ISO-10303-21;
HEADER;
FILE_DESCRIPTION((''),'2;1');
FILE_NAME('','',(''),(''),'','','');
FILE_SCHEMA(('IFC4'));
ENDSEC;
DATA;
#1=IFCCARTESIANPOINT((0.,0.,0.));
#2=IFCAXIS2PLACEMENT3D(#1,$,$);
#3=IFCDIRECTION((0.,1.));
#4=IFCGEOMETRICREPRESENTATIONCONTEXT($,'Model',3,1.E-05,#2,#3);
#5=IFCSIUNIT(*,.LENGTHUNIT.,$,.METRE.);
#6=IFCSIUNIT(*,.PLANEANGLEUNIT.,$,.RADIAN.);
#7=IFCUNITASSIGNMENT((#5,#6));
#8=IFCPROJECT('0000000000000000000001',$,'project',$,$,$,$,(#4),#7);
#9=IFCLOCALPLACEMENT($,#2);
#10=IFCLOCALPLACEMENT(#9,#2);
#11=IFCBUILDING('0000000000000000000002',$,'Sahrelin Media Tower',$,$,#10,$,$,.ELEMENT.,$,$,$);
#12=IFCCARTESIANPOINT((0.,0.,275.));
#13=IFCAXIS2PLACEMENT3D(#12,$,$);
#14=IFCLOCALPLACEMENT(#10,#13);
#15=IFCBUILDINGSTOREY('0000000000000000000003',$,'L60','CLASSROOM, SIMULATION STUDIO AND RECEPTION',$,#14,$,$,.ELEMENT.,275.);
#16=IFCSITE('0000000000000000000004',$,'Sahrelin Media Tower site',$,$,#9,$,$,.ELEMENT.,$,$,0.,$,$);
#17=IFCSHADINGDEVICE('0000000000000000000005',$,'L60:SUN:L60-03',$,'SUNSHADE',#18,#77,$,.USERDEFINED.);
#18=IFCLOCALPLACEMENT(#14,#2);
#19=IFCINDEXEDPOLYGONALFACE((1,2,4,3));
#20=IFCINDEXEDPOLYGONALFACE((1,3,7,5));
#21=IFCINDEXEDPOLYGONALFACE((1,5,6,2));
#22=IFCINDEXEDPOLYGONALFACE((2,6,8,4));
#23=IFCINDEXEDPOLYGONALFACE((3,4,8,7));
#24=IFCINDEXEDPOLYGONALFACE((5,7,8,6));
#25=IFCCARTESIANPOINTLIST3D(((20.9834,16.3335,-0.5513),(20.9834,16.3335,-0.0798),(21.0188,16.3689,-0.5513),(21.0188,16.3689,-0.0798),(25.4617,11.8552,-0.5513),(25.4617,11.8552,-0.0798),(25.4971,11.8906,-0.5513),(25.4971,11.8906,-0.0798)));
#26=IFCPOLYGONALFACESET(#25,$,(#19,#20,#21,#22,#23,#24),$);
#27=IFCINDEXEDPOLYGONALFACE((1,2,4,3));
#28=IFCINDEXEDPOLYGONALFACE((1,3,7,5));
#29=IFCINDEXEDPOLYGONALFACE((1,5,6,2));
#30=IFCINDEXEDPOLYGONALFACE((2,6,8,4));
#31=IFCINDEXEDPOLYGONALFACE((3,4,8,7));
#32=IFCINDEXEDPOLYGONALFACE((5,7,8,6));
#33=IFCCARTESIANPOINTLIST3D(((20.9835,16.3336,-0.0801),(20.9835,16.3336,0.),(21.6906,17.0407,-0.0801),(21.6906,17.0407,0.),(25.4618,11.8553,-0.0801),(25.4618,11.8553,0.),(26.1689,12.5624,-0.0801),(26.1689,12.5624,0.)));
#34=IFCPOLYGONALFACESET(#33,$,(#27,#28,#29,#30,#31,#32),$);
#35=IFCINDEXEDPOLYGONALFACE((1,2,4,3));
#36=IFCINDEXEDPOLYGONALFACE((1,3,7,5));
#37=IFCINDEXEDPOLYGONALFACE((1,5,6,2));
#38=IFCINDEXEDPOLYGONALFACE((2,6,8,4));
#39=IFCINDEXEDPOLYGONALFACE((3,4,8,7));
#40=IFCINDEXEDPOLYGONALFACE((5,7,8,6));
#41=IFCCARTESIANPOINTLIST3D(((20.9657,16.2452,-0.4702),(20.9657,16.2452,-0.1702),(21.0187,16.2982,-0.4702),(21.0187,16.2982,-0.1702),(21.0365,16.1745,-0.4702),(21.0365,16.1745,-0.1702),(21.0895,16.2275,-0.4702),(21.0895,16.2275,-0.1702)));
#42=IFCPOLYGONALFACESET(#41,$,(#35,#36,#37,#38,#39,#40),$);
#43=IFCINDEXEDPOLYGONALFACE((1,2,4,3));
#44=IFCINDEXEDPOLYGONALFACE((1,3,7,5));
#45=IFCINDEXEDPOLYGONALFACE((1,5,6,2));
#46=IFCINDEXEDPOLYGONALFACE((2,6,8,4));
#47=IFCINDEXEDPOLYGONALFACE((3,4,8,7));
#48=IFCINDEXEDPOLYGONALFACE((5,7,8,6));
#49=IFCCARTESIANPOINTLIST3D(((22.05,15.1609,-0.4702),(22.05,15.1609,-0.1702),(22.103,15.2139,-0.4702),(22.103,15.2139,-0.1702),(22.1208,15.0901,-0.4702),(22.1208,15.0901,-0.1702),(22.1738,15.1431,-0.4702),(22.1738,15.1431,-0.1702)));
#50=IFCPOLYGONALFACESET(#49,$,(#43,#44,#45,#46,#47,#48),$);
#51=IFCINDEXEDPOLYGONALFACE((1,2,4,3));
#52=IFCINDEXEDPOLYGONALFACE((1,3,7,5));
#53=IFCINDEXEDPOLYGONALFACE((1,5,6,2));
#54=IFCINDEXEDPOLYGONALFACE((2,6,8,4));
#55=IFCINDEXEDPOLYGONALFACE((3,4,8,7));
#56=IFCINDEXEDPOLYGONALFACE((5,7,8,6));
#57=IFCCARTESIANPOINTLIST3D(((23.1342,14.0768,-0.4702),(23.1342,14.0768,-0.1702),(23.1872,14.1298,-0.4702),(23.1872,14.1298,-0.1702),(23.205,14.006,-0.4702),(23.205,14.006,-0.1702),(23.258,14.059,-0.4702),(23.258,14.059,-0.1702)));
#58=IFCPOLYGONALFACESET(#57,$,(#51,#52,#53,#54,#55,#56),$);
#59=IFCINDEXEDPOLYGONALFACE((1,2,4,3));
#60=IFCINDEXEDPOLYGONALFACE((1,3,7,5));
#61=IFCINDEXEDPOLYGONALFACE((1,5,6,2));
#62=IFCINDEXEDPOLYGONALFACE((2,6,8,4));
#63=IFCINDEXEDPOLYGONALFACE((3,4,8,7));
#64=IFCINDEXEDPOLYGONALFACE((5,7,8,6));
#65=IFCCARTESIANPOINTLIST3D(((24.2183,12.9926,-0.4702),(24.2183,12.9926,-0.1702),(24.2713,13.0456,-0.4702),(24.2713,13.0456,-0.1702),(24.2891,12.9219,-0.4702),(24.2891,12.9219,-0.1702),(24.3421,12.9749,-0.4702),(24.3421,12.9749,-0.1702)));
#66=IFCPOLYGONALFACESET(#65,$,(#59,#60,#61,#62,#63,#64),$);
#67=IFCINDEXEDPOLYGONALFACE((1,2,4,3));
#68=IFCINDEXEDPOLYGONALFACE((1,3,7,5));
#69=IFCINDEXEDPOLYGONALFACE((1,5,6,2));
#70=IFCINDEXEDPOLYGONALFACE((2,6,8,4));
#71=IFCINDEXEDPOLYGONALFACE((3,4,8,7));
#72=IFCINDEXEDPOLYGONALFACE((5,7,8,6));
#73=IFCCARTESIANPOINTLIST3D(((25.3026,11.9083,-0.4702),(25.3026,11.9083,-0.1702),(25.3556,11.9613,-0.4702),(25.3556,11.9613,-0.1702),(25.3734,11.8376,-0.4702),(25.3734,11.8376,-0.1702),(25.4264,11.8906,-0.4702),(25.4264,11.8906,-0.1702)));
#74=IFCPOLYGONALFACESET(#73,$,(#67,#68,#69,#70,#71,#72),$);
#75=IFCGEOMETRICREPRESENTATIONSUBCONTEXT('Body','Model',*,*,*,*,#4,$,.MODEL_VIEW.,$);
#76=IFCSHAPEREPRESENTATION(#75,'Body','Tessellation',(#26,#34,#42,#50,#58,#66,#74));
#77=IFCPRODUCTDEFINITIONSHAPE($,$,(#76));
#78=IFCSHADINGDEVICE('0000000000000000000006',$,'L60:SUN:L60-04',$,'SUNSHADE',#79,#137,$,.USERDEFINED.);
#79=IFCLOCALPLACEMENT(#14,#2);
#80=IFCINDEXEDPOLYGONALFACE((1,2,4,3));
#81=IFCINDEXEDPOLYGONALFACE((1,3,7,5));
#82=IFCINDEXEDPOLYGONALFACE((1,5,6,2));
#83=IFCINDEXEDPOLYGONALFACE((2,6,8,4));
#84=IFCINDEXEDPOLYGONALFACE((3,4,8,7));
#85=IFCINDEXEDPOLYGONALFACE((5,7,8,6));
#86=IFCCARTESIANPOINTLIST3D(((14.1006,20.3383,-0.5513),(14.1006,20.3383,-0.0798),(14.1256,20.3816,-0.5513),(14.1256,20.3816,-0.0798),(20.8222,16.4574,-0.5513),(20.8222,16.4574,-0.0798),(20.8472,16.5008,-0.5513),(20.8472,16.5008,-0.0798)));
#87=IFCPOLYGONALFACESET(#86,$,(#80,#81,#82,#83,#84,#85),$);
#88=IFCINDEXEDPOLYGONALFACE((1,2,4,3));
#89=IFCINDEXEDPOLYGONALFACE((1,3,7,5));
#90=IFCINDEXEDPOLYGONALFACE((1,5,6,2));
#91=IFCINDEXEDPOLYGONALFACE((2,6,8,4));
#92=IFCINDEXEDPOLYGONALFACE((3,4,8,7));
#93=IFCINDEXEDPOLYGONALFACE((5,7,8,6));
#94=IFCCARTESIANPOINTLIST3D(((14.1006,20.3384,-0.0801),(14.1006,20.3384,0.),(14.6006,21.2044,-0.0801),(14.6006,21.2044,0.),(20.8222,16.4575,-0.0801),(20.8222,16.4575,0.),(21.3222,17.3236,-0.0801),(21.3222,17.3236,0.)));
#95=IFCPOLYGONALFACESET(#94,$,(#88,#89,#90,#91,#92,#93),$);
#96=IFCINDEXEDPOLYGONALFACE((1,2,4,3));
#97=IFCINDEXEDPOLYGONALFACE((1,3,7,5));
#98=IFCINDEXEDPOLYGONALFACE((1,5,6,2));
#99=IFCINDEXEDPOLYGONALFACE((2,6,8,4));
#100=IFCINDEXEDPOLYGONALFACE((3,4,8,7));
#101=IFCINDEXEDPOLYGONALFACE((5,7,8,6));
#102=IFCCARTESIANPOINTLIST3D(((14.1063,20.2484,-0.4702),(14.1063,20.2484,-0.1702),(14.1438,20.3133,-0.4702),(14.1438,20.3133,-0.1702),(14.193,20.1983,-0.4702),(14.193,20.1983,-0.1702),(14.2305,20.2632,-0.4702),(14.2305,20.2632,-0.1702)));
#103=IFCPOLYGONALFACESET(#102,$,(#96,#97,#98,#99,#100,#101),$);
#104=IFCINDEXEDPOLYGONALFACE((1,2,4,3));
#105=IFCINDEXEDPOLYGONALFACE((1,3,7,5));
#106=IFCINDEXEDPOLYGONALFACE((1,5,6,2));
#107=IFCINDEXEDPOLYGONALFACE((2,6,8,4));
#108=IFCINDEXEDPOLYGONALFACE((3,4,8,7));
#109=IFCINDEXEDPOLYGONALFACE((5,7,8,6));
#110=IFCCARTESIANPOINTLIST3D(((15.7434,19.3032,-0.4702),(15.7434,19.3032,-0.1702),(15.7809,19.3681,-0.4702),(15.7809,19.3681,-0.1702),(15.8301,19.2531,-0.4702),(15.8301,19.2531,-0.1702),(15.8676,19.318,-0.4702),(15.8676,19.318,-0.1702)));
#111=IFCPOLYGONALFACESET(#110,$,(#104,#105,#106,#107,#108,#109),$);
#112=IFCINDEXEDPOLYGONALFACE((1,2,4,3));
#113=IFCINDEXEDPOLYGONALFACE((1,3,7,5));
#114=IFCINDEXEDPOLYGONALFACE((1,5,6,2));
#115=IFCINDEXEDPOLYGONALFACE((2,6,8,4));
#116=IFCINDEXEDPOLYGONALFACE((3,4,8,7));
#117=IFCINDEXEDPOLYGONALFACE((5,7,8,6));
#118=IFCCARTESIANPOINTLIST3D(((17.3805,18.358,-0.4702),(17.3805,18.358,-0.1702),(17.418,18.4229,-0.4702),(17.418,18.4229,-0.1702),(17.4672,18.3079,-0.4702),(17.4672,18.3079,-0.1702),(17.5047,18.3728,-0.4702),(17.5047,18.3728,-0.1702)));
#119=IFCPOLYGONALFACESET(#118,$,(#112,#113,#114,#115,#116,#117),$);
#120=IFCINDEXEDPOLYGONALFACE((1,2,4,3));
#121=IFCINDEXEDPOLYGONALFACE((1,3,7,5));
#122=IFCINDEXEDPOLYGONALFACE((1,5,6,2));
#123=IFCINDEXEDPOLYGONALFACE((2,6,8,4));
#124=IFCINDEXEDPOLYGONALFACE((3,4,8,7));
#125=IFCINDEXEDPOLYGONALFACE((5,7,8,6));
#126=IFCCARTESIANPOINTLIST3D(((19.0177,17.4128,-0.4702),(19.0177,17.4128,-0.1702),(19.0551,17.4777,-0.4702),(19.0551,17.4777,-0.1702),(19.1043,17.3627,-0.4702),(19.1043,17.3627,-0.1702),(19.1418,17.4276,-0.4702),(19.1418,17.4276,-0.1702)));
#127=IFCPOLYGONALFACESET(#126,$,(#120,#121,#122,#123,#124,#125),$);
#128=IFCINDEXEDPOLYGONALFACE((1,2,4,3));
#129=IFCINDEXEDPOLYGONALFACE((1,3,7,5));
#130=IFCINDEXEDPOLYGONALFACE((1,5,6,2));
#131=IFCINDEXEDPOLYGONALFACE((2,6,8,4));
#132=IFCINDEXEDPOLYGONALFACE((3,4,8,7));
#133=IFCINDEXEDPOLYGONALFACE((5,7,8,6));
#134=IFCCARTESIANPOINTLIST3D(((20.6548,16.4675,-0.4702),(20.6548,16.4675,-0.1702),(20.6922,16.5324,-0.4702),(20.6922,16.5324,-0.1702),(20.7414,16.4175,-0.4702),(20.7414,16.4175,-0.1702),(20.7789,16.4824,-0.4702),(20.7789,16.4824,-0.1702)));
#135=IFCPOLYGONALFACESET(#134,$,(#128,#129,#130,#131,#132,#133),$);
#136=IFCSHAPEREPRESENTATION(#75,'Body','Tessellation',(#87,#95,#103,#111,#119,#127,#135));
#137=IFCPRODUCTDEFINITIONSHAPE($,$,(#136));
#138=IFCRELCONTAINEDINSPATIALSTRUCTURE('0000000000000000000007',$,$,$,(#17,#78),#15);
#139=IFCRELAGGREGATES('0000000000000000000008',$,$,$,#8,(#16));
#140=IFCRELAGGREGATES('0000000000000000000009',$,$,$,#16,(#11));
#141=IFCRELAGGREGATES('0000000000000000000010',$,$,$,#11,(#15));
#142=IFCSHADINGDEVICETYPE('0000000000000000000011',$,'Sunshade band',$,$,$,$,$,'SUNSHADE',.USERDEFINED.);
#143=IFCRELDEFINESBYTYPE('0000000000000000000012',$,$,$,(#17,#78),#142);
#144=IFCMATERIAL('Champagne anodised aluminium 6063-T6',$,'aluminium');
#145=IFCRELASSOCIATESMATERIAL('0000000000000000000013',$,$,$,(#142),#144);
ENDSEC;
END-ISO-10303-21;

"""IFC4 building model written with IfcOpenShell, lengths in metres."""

from ifc_helpers import new_model, si_unit, direction, frame, origin, origin_2d, place, context, subcontext, project, spatial, rectangle, extrude, material, type_object, element, save


model = new_model("IFC4")

# Units and contexts
model_context = context("Model", 3, precision=1e-05, world=origin(), true_north=direction((0.0, 1.0)))
body_context = subcontext(model_context, "Body", "Model", "MODEL_VIEW")
ifc_project = project(units=[si_unit("LENGTHUNIT", "METRE"), si_unit("PLANEANGLEUNIT", "RADIAN")], contexts=[model_context])

# Site, building, storey
site_placement = place(None, origin())
site = spatial("IfcSite", under=ifc_project, at=site_placement, Name="Sahrelin Media Tower site", CompositionType="ELEMENT", RefElevation=0.0)
building_placement = place(site_placement, origin())
building = spatial("IfcBuilding", under=site, at=building_placement, Name="Sahrelin Media Tower", CompositionType="ELEMENT")
storey_placement = place(building_placement, frame((0.0, 0.0, 275.0)))
storey = spatial("IfcBuildingStorey", under=building, at=storey_placement, Name="L60", Description="CLASSROOM, SIMULATION STUDIO AND RECEPTION", CompositionType="ELEMENT", Elevation=275.0)

# Shared definitions
ifc_material_1 = material(Name="Champagne anodised aluminium 6063-T6", Category="aluminium")

# Shading devices
placement_1 = place(storey_placement, frame((23.2085, 14.0803, 0.0), z_axis=(0.0, 0.0, 1.0), x_axis=(0.707107, -0.707107, 0.0)))
placement_2 = place(storey_placement, frame((17.4514, 18.3806, 0.0), z_axis=(0.0, 0.0, 1.0), x_axis=(0.866019, -0.500011, 0.0)))
shading_device_type_1 = type_object("IfcShadingDeviceType", Name="Sunshade band", ElementType="SUNSHADE", PredefinedType="USERDEFINED", material=ifc_material_1)
element("IfcShadingDevice", 1, at=placement_1, inside=storey, type_object=shading_device_type_1, Name="L60:SUN:L60-03", ObjectType="SUNSHADE", PredefinedType="USERDEFINED", context=body_context, shape_type="SweptSolid", body=[
    extrude(rectangle(XDim=6.3333, YDim=0.05, at=origin_2d()), frame((0.0, 0.0449, -0.5513)), (0.0, 0.0, 1.0), 0.4714),
    extrude(rectangle(XDim=6.3333, YDim=1.0, at=origin_2d()), frame((0.0, 0.52, -0.0801)), (0.0, 0.0, 1.0), 0.0801),
    extrude(rectangle(XDim=0.1001, YDim=0.075, at=origin_2d()), frame((-3.0667, -0.0176, -0.4702)), (0.0, 0.0, 1.0), 0.3),
    extrude(rectangle(XDim=0.1001, YDim=0.075, at=origin_2d()), frame((-1.5332, -0.0176, -0.4702)), (0.0, 0.0, 1.0), 0.3),
    extrude(rectangle(XDim=0.1001, YDim=0.075, at=origin_2d()), frame((0.0, -0.0176, -0.4702)), (0.0, 0.0, 1.0), 0.3),
    extrude(rectangle(XDim=0.1001, YDim=0.075, at=origin_2d()), frame((1.5332, -0.0176, -0.4702)), (0.0, 0.0, 1.0), 0.3),
    extrude(rectangle(XDim=0.1001, YDim=0.075, at=origin_2d()), frame((3.0667, -0.0176, -0.4702)), (0.0, 0.0, 1.0), 0.3),
])
element("IfcShadingDevice", 2, at=placement_2, inside=storey, type_object=shading_device_type_1, Name="L60:SUN:L60-04", ObjectType="SUNSHADE", PredefinedType="USERDEFINED", context=body_context, shape_type="SweptSolid", body=[
    extrude(rectangle(XDim=7.7615, YDim=0.05, at=origin_2d()), frame((0.0, 0.0449, -0.5513)), (0.0, 0.0, 1.0), 0.4714),
    extrude(rectangle(XDim=7.7615, YDim=1.0, at=origin_2d()), frame((0.0, 0.52, -0.0801)), (0.0, 0.0, 1.0), 0.0801),
    extrude(rectangle(XDim=0.1001, YDim=0.075, at=origin_2d()), frame((-3.7808, -0.0176, -0.4702)), (0.0, 0.0, 1.0), 0.3),
    extrude(rectangle(XDim=0.1001, YDim=0.075, at=origin_2d()), frame((-1.8904, -0.0176, -0.4702)), (0.0, 0.0, 1.0), 0.3),
    extrude(rectangle(XDim=0.1001, YDim=0.075, at=origin_2d()), frame((0.0, -0.0176, -0.4702)), (0.0, 0.0, 1.0), 0.3),
    extrude(rectangle(XDim=0.1001, YDim=0.075, at=origin_2d()), frame((1.8904, -0.0176, -0.4702)), (0.0, 0.0, 1.0), 0.3),
    extrude(rectangle(XDim=0.1001, YDim=0.075, at=origin_2d()), frame((3.7808, -0.0176, -0.4702)), (0.0, 0.0, 1.0), 0.3),
])

save(model, "model.ifc")
